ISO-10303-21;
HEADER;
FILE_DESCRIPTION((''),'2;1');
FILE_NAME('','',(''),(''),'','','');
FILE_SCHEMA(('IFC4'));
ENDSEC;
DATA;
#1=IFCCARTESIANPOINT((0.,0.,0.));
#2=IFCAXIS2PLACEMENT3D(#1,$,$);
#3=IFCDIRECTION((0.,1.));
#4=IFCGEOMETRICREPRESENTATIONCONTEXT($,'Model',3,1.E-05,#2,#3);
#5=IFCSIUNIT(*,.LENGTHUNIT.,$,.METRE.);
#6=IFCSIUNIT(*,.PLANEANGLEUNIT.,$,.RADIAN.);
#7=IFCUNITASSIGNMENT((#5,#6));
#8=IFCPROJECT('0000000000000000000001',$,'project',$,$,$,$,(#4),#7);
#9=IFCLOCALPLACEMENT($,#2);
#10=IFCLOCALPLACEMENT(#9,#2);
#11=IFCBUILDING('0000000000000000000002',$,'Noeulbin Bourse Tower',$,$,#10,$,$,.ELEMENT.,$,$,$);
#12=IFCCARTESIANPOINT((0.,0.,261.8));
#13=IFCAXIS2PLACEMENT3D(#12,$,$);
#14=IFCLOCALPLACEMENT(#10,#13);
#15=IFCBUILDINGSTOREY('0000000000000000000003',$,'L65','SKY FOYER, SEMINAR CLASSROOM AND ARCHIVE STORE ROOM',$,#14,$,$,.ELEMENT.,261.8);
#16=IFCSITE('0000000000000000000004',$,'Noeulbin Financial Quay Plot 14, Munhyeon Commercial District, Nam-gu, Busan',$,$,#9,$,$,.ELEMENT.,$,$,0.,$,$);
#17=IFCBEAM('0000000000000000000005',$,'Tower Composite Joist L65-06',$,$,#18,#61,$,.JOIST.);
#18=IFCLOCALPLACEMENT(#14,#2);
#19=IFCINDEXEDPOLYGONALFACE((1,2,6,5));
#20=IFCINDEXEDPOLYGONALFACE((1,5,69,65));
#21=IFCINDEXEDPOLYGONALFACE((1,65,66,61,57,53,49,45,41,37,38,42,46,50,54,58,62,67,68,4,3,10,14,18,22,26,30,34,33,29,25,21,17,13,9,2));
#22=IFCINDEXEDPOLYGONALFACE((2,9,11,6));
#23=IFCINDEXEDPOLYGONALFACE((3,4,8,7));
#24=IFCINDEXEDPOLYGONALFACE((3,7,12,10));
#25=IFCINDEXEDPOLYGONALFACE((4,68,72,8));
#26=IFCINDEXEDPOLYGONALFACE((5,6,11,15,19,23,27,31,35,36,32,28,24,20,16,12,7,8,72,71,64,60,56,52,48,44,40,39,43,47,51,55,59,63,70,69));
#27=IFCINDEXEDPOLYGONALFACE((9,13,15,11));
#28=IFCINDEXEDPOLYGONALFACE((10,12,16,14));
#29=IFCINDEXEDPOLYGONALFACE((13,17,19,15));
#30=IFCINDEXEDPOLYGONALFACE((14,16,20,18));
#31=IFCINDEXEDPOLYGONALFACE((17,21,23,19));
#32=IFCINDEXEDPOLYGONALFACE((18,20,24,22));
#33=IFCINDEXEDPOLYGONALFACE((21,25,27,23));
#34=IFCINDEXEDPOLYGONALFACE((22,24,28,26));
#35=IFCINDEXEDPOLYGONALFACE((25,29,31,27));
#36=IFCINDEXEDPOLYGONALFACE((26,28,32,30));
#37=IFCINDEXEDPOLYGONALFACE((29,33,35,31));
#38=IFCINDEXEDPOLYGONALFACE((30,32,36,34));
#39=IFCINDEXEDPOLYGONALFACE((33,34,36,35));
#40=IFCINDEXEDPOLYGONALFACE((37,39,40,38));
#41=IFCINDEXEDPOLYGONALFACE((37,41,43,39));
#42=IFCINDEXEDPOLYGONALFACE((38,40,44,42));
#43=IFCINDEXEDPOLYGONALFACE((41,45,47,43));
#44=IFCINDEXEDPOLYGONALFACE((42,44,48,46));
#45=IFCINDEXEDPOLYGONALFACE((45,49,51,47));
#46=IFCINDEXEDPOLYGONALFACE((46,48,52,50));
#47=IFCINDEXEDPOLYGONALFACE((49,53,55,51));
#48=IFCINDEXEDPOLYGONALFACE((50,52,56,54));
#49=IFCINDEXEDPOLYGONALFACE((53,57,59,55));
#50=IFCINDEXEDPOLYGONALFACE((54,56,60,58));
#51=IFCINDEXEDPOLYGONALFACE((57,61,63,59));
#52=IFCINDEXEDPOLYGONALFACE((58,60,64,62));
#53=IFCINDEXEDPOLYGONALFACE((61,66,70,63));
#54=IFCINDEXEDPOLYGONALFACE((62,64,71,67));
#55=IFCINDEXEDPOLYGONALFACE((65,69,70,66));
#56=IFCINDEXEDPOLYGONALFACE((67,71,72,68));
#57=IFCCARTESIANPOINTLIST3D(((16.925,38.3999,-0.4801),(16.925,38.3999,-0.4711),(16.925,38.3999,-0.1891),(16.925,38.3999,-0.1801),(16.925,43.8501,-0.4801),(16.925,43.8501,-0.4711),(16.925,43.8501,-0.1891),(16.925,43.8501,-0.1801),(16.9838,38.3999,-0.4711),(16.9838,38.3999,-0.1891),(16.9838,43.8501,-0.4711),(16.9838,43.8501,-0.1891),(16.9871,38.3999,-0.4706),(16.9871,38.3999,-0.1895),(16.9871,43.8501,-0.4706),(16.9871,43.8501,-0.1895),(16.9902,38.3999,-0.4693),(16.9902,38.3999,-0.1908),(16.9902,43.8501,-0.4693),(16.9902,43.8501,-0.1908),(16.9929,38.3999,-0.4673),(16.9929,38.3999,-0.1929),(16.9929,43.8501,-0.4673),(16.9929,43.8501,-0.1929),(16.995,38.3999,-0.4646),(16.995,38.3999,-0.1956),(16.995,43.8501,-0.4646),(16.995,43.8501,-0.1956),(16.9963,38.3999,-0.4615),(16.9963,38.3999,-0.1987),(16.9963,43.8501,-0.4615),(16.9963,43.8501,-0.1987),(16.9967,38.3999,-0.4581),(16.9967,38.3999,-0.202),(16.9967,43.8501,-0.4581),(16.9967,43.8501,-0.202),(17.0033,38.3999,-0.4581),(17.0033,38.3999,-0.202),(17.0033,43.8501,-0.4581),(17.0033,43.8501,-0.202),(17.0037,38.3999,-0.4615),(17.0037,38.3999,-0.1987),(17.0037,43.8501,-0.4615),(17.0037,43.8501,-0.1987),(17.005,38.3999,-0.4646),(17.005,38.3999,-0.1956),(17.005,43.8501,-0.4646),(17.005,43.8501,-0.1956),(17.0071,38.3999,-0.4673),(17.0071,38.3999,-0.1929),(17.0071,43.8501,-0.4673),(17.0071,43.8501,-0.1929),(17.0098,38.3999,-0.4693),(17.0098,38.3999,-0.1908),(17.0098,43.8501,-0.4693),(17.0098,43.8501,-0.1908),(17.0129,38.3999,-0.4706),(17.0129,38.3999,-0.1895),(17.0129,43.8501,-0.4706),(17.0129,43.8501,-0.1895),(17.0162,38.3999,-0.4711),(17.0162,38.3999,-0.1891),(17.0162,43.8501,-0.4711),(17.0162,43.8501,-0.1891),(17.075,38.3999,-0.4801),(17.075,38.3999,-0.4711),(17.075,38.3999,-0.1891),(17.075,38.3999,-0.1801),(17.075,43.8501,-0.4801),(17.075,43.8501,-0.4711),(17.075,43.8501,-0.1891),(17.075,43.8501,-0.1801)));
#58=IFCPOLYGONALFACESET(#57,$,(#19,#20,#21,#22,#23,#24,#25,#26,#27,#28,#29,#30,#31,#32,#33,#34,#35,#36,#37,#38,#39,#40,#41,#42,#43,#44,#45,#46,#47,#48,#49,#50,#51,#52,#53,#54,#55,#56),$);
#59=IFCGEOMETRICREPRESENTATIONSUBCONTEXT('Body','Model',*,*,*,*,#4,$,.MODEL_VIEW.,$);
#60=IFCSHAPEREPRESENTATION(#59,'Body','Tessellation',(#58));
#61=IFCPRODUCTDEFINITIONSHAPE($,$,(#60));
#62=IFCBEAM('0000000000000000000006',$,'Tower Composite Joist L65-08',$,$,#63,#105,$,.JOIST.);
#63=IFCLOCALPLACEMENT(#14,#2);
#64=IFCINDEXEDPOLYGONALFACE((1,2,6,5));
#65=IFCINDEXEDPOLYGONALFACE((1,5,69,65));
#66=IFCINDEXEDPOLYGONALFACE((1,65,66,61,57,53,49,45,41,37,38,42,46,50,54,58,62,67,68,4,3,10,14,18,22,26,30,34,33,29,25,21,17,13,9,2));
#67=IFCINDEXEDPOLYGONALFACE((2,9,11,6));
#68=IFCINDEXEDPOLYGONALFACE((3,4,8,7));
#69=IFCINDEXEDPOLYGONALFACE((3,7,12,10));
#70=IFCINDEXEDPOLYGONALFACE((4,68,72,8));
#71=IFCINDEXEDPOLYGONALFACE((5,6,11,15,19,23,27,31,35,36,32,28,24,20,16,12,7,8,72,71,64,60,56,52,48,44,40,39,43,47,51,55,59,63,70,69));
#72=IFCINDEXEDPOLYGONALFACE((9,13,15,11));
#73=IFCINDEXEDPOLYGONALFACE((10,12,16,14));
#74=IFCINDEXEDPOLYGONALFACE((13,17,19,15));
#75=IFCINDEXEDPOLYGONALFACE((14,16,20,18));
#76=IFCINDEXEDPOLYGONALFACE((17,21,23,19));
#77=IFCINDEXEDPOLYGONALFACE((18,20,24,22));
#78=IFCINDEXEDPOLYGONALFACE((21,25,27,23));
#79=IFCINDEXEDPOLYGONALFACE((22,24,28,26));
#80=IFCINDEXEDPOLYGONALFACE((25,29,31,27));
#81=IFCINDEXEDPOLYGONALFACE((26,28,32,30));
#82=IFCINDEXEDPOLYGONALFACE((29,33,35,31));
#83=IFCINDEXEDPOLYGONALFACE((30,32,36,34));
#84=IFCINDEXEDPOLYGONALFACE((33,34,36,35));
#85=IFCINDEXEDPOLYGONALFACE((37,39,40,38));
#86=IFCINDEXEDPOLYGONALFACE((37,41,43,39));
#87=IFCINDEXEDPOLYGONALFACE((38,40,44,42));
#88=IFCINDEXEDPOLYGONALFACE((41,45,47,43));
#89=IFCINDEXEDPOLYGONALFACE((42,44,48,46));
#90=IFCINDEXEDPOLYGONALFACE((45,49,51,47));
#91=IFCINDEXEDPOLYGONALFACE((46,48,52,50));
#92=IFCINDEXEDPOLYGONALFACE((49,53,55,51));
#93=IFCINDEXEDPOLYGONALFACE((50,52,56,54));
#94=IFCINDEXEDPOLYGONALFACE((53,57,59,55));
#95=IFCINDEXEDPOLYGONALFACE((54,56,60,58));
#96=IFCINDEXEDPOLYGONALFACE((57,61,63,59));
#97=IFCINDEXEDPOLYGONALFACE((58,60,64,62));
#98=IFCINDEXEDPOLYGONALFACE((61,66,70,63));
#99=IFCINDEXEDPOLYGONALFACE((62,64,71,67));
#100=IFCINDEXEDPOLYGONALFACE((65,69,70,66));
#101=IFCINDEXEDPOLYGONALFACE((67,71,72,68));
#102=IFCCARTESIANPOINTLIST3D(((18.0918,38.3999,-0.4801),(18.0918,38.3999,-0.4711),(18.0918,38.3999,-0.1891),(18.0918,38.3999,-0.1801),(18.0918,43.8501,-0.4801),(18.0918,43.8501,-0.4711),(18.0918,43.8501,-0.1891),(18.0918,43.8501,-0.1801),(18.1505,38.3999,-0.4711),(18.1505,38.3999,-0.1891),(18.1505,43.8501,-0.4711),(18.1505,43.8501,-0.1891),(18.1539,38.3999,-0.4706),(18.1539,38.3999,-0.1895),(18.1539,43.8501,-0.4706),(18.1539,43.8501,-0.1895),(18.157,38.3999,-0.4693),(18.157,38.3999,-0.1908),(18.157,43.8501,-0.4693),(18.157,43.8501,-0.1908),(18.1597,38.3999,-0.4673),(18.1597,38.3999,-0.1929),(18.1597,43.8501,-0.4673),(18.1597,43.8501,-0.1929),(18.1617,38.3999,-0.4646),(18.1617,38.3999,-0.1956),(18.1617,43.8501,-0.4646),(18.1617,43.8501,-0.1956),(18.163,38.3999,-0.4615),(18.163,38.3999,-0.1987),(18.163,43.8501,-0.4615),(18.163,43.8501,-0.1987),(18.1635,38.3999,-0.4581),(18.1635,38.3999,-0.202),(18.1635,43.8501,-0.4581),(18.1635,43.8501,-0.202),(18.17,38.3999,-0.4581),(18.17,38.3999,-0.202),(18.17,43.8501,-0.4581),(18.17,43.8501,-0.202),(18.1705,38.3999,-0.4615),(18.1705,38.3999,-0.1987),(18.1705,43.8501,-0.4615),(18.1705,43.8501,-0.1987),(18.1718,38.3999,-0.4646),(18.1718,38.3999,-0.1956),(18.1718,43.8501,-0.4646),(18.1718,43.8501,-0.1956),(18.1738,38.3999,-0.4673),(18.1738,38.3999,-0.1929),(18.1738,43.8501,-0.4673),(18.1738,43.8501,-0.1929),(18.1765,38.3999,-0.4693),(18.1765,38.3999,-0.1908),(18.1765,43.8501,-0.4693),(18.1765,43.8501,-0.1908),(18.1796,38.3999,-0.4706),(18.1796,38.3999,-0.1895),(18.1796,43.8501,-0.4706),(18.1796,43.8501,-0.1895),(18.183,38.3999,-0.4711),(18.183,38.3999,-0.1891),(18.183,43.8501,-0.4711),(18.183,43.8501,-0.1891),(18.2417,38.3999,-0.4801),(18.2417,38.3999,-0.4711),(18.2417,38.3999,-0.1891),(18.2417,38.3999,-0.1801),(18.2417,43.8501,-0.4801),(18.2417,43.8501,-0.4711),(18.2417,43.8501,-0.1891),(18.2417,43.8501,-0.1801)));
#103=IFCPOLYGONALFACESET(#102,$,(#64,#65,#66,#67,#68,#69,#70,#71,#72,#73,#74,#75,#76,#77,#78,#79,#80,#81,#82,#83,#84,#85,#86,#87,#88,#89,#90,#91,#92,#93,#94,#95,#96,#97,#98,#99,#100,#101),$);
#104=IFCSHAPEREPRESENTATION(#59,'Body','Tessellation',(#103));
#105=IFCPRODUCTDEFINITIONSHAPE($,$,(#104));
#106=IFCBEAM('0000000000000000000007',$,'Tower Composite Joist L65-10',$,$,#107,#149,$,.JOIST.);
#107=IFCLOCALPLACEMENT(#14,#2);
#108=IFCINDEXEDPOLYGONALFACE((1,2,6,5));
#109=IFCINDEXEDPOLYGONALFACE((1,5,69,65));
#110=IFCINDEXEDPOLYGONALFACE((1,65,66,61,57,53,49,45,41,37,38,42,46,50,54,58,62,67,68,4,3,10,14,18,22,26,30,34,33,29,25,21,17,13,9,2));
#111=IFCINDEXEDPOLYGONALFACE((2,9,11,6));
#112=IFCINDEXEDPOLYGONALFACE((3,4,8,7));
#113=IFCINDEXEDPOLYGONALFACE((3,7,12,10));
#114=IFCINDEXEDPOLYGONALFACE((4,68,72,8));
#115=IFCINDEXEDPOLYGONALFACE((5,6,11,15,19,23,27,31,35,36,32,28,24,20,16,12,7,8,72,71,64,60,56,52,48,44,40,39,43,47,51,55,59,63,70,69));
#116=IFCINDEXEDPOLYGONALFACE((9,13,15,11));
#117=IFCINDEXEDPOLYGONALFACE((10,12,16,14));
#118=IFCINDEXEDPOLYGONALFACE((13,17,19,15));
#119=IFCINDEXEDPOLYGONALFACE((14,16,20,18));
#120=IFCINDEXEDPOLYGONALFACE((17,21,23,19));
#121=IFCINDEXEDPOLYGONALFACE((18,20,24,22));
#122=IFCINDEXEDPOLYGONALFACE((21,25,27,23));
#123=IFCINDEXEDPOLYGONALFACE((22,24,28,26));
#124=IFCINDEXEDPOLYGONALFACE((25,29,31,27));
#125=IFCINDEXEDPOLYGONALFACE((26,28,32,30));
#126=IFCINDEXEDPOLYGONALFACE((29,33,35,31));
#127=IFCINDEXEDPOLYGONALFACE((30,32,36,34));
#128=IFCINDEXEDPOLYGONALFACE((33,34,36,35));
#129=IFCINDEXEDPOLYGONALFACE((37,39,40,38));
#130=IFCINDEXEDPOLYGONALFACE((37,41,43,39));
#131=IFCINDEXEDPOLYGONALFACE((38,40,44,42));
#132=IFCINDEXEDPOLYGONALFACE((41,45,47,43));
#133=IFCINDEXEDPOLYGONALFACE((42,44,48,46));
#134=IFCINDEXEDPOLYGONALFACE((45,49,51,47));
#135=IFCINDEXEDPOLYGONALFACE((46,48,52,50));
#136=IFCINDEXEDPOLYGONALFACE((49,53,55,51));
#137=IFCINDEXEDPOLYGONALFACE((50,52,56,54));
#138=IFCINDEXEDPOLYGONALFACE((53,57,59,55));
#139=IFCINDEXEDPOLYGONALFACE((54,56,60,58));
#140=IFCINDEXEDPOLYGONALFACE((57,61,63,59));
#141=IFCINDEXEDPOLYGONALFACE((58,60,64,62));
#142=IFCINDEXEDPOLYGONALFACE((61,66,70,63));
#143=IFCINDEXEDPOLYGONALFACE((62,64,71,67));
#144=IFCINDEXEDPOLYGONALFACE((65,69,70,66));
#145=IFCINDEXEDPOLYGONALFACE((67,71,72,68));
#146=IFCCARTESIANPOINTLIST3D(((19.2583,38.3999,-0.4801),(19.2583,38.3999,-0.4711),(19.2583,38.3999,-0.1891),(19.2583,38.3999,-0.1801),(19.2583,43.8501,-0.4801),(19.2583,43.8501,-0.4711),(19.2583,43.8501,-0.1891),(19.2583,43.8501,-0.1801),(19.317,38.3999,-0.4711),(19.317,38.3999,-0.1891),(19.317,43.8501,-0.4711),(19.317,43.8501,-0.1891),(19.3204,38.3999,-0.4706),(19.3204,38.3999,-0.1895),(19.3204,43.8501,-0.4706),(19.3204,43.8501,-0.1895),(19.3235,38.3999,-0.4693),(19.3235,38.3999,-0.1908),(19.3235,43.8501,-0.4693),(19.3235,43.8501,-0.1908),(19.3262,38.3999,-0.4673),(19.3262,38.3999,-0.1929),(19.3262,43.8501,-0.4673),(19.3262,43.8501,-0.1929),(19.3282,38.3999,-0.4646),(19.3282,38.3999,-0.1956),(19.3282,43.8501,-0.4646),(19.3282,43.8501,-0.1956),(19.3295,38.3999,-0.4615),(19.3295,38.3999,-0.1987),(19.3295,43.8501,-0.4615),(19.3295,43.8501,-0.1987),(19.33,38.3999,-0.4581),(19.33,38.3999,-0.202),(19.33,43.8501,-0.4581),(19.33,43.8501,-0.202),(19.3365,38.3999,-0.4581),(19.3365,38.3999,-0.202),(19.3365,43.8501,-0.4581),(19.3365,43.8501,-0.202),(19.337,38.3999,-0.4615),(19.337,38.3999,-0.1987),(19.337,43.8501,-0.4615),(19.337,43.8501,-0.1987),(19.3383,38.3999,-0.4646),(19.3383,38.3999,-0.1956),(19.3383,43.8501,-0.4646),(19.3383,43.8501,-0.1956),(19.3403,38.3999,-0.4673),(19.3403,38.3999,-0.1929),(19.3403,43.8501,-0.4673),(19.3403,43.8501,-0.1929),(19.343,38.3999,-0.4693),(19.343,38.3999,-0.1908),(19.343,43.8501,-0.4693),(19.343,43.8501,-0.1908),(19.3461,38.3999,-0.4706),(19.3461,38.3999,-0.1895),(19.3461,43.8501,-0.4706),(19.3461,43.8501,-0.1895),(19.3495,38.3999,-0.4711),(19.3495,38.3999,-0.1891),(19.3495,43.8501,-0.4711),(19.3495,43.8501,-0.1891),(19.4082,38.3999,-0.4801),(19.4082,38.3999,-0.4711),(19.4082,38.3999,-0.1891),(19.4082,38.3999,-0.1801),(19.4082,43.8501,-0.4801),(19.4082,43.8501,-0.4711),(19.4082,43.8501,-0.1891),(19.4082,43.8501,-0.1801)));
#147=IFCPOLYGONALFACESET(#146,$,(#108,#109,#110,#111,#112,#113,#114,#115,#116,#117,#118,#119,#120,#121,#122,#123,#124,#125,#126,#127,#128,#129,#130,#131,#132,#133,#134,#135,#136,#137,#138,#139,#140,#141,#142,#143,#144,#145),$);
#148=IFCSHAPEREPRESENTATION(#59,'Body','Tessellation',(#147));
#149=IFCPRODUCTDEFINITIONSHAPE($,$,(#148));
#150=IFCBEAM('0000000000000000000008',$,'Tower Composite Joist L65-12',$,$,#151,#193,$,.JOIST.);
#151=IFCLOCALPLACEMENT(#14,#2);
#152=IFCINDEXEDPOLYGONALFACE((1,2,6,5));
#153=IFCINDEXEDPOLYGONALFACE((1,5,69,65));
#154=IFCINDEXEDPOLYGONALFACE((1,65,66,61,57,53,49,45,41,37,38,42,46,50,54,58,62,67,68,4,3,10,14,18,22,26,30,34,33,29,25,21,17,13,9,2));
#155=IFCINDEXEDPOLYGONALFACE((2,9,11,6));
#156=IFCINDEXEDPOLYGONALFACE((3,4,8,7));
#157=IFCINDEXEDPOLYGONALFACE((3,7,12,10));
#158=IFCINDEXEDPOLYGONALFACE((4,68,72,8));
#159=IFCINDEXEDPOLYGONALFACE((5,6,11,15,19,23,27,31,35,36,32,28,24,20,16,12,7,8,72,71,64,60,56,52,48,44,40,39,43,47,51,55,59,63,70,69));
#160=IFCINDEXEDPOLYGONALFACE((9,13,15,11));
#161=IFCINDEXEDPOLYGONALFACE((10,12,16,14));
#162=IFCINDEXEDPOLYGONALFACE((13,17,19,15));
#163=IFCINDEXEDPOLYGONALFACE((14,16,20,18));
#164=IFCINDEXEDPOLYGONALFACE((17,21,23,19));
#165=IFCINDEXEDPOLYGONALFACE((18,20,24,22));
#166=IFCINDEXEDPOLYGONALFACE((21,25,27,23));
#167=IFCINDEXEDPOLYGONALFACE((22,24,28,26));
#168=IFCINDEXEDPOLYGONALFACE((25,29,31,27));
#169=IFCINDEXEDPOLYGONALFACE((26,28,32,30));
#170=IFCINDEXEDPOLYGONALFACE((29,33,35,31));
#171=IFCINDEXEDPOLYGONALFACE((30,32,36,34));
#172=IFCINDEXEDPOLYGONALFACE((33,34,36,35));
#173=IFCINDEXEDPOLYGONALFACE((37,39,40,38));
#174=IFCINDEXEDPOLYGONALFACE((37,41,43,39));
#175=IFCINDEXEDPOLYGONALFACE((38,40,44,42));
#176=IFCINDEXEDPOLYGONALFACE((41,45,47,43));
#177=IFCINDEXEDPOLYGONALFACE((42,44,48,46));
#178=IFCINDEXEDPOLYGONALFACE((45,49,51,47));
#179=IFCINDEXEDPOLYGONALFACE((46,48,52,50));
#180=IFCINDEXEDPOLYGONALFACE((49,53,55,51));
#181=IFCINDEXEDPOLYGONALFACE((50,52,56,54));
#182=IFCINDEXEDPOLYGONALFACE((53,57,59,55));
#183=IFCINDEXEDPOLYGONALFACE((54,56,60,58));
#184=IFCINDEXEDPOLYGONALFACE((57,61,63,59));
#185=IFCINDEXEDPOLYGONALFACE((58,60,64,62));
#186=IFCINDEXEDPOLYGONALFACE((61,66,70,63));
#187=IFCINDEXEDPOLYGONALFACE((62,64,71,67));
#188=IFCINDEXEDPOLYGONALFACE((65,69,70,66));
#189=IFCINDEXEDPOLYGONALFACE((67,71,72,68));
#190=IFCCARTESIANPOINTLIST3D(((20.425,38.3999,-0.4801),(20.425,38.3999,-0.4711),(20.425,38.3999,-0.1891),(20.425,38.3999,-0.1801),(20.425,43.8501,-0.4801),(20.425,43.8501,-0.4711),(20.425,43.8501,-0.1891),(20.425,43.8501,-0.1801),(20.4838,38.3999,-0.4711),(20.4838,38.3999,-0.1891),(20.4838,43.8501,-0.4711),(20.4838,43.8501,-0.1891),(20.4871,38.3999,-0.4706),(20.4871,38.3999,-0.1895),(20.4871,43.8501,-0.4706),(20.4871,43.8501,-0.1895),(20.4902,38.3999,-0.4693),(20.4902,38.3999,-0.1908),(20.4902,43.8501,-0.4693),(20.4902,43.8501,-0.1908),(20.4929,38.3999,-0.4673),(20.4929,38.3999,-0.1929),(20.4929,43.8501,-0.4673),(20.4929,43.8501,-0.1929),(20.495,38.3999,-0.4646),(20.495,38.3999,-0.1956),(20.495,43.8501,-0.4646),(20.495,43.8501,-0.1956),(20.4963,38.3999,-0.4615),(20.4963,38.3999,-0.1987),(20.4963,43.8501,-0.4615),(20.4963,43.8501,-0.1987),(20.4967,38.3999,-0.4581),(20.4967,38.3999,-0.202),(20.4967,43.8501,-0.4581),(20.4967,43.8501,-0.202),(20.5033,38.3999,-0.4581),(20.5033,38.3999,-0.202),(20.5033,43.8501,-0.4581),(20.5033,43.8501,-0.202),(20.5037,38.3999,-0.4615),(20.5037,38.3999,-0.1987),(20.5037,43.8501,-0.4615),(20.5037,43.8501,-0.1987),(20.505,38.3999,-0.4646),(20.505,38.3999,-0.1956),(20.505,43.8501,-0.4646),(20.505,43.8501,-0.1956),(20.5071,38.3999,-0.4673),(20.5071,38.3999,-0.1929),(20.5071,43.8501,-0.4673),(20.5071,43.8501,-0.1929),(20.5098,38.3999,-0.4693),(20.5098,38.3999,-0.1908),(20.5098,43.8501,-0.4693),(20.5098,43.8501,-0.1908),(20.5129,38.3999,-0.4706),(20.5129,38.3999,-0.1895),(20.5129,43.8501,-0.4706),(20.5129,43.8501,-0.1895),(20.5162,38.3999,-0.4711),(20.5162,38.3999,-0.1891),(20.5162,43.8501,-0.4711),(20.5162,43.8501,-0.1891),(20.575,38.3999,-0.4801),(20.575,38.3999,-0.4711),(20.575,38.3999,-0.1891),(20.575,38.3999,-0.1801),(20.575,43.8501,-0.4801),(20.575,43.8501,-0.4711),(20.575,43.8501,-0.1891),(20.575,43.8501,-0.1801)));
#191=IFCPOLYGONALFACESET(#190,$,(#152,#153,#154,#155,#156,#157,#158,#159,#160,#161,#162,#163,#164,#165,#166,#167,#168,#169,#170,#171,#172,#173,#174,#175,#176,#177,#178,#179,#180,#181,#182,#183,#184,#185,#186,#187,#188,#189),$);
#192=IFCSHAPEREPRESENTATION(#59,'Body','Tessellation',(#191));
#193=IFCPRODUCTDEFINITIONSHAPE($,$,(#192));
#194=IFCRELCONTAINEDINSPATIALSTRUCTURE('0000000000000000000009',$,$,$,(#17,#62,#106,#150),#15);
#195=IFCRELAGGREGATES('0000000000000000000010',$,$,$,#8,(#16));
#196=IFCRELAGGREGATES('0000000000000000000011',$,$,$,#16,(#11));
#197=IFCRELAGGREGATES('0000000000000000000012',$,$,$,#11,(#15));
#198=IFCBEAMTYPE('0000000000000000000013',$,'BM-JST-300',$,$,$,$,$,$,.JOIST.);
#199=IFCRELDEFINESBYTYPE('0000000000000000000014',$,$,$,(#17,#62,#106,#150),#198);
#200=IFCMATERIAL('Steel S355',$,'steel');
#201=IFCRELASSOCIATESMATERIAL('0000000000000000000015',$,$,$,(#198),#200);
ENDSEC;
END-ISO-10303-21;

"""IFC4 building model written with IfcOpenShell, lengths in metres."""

from ifc_helpers import new_model, si_unit, direction, frame, origin, origin_2d, place, context, subcontext, project, spatial, i_section, extrude, material, material_profile, profile_set, type_object, element, save


model = new_model("IFC4")

# Units and contexts
model_context = context("Model", 3, precision=1e-05, world=origin(), true_north=direction((0.0, 1.0)))
body_context = subcontext(model_context, "Body", "Model", "MODEL_VIEW")
ifc_project = project(units=[si_unit("LENGTHUNIT", "METRE"), si_unit("PLANEANGLEUNIT", "RADIAN")], contexts=[model_context])

# Site, building, storey
site_placement = place(None, origin())
site = spatial("IfcSite", under=ifc_project, at=site_placement, Name="Noeulbin Financial Quay Plot 14, Munhyeon Commercial District, Nam-gu, Busan", CompositionType="ELEMENT", RefElevation=0.0)
building_placement = place(site_placement, origin())
building = spatial("IfcBuilding", under=site, at=building_placement, Name="Noeulbin Bourse Tower", CompositionType="ELEMENT")
storey_placement = place(building_placement, frame((0.0, 0.0, 261.8)))
storey = spatial("IfcBuildingStorey", under=building, at=storey_placement, Name="L65", Description="SKY FOYER, SEMINAR CLASSROOM AND ARCHIVE STORE ROOM", CompositionType="ELEMENT", Elevation=261.8)

# Shared definitions
ifc_material_1 = material(Name="Steel S355", Category="steel")

# Beams
ifc_material_profile_1 = material_profile(ifc_material_1, i_section(OverallWidth=0.1499, OverallDepth=0.3, WebThickness=0.0066, FlangeThickness=0.009, FilletRadius=0.0129, at=origin_2d()), Name="H-300x150x6.5x9", Category="LoadBearing")
ifc_profile_set_1 = profile_set([ifc_material_profile_1], Name="Steel S355")
beam_type_1 = type_object("IfcBeamType", Name="BM-JST-300", PredefinedType="JOIST", material=ifc_profile_set_1)
for number, where, z_axis, x_axis, name in (
    (1, (17.0, 38.3999, -0.3301), (0.0, 1.0, 0.0), (-1.0, 0.0, 0.0), "Tower Composite Joist L65-06"),
    (2, (18.1667, 38.3999, -0.3301), (0.0, 1.0, 0.0), (-1.0, 0.0, 0.0), "Tower Composite Joist L65-08"),
    (3, (19.3333, 38.3999, -0.3301), (0.0, 1.0, 0.0), (-1.0, 0.0, 0.0), "Tower Composite Joist L65-10"),
    (4, (20.5, 38.3999, -0.3301), (0.0, 1.0, 0.0), (-1.0, 0.0, 0.0), "Tower Composite Joist L65-12"),
):
    element("IfcBeam", number, at=place(storey_placement, frame(where, z_axis=z_axis, x_axis=x_axis)), inside=storey, type_object=beam_type_1, Name=name, PredefinedType="JOIST", context=body_context, shape_type="SweptSolid", body=[
        extrude(i_section(OverallWidth=0.1499, OverallDepth=0.3, WebThickness=0.0066, FlangeThickness=0.009, FilletRadius=0.0129, at=origin_2d()), origin(), (0.0, 0.0, 1.0), 5.4502),
    ])

save(model, "model.ifc")
